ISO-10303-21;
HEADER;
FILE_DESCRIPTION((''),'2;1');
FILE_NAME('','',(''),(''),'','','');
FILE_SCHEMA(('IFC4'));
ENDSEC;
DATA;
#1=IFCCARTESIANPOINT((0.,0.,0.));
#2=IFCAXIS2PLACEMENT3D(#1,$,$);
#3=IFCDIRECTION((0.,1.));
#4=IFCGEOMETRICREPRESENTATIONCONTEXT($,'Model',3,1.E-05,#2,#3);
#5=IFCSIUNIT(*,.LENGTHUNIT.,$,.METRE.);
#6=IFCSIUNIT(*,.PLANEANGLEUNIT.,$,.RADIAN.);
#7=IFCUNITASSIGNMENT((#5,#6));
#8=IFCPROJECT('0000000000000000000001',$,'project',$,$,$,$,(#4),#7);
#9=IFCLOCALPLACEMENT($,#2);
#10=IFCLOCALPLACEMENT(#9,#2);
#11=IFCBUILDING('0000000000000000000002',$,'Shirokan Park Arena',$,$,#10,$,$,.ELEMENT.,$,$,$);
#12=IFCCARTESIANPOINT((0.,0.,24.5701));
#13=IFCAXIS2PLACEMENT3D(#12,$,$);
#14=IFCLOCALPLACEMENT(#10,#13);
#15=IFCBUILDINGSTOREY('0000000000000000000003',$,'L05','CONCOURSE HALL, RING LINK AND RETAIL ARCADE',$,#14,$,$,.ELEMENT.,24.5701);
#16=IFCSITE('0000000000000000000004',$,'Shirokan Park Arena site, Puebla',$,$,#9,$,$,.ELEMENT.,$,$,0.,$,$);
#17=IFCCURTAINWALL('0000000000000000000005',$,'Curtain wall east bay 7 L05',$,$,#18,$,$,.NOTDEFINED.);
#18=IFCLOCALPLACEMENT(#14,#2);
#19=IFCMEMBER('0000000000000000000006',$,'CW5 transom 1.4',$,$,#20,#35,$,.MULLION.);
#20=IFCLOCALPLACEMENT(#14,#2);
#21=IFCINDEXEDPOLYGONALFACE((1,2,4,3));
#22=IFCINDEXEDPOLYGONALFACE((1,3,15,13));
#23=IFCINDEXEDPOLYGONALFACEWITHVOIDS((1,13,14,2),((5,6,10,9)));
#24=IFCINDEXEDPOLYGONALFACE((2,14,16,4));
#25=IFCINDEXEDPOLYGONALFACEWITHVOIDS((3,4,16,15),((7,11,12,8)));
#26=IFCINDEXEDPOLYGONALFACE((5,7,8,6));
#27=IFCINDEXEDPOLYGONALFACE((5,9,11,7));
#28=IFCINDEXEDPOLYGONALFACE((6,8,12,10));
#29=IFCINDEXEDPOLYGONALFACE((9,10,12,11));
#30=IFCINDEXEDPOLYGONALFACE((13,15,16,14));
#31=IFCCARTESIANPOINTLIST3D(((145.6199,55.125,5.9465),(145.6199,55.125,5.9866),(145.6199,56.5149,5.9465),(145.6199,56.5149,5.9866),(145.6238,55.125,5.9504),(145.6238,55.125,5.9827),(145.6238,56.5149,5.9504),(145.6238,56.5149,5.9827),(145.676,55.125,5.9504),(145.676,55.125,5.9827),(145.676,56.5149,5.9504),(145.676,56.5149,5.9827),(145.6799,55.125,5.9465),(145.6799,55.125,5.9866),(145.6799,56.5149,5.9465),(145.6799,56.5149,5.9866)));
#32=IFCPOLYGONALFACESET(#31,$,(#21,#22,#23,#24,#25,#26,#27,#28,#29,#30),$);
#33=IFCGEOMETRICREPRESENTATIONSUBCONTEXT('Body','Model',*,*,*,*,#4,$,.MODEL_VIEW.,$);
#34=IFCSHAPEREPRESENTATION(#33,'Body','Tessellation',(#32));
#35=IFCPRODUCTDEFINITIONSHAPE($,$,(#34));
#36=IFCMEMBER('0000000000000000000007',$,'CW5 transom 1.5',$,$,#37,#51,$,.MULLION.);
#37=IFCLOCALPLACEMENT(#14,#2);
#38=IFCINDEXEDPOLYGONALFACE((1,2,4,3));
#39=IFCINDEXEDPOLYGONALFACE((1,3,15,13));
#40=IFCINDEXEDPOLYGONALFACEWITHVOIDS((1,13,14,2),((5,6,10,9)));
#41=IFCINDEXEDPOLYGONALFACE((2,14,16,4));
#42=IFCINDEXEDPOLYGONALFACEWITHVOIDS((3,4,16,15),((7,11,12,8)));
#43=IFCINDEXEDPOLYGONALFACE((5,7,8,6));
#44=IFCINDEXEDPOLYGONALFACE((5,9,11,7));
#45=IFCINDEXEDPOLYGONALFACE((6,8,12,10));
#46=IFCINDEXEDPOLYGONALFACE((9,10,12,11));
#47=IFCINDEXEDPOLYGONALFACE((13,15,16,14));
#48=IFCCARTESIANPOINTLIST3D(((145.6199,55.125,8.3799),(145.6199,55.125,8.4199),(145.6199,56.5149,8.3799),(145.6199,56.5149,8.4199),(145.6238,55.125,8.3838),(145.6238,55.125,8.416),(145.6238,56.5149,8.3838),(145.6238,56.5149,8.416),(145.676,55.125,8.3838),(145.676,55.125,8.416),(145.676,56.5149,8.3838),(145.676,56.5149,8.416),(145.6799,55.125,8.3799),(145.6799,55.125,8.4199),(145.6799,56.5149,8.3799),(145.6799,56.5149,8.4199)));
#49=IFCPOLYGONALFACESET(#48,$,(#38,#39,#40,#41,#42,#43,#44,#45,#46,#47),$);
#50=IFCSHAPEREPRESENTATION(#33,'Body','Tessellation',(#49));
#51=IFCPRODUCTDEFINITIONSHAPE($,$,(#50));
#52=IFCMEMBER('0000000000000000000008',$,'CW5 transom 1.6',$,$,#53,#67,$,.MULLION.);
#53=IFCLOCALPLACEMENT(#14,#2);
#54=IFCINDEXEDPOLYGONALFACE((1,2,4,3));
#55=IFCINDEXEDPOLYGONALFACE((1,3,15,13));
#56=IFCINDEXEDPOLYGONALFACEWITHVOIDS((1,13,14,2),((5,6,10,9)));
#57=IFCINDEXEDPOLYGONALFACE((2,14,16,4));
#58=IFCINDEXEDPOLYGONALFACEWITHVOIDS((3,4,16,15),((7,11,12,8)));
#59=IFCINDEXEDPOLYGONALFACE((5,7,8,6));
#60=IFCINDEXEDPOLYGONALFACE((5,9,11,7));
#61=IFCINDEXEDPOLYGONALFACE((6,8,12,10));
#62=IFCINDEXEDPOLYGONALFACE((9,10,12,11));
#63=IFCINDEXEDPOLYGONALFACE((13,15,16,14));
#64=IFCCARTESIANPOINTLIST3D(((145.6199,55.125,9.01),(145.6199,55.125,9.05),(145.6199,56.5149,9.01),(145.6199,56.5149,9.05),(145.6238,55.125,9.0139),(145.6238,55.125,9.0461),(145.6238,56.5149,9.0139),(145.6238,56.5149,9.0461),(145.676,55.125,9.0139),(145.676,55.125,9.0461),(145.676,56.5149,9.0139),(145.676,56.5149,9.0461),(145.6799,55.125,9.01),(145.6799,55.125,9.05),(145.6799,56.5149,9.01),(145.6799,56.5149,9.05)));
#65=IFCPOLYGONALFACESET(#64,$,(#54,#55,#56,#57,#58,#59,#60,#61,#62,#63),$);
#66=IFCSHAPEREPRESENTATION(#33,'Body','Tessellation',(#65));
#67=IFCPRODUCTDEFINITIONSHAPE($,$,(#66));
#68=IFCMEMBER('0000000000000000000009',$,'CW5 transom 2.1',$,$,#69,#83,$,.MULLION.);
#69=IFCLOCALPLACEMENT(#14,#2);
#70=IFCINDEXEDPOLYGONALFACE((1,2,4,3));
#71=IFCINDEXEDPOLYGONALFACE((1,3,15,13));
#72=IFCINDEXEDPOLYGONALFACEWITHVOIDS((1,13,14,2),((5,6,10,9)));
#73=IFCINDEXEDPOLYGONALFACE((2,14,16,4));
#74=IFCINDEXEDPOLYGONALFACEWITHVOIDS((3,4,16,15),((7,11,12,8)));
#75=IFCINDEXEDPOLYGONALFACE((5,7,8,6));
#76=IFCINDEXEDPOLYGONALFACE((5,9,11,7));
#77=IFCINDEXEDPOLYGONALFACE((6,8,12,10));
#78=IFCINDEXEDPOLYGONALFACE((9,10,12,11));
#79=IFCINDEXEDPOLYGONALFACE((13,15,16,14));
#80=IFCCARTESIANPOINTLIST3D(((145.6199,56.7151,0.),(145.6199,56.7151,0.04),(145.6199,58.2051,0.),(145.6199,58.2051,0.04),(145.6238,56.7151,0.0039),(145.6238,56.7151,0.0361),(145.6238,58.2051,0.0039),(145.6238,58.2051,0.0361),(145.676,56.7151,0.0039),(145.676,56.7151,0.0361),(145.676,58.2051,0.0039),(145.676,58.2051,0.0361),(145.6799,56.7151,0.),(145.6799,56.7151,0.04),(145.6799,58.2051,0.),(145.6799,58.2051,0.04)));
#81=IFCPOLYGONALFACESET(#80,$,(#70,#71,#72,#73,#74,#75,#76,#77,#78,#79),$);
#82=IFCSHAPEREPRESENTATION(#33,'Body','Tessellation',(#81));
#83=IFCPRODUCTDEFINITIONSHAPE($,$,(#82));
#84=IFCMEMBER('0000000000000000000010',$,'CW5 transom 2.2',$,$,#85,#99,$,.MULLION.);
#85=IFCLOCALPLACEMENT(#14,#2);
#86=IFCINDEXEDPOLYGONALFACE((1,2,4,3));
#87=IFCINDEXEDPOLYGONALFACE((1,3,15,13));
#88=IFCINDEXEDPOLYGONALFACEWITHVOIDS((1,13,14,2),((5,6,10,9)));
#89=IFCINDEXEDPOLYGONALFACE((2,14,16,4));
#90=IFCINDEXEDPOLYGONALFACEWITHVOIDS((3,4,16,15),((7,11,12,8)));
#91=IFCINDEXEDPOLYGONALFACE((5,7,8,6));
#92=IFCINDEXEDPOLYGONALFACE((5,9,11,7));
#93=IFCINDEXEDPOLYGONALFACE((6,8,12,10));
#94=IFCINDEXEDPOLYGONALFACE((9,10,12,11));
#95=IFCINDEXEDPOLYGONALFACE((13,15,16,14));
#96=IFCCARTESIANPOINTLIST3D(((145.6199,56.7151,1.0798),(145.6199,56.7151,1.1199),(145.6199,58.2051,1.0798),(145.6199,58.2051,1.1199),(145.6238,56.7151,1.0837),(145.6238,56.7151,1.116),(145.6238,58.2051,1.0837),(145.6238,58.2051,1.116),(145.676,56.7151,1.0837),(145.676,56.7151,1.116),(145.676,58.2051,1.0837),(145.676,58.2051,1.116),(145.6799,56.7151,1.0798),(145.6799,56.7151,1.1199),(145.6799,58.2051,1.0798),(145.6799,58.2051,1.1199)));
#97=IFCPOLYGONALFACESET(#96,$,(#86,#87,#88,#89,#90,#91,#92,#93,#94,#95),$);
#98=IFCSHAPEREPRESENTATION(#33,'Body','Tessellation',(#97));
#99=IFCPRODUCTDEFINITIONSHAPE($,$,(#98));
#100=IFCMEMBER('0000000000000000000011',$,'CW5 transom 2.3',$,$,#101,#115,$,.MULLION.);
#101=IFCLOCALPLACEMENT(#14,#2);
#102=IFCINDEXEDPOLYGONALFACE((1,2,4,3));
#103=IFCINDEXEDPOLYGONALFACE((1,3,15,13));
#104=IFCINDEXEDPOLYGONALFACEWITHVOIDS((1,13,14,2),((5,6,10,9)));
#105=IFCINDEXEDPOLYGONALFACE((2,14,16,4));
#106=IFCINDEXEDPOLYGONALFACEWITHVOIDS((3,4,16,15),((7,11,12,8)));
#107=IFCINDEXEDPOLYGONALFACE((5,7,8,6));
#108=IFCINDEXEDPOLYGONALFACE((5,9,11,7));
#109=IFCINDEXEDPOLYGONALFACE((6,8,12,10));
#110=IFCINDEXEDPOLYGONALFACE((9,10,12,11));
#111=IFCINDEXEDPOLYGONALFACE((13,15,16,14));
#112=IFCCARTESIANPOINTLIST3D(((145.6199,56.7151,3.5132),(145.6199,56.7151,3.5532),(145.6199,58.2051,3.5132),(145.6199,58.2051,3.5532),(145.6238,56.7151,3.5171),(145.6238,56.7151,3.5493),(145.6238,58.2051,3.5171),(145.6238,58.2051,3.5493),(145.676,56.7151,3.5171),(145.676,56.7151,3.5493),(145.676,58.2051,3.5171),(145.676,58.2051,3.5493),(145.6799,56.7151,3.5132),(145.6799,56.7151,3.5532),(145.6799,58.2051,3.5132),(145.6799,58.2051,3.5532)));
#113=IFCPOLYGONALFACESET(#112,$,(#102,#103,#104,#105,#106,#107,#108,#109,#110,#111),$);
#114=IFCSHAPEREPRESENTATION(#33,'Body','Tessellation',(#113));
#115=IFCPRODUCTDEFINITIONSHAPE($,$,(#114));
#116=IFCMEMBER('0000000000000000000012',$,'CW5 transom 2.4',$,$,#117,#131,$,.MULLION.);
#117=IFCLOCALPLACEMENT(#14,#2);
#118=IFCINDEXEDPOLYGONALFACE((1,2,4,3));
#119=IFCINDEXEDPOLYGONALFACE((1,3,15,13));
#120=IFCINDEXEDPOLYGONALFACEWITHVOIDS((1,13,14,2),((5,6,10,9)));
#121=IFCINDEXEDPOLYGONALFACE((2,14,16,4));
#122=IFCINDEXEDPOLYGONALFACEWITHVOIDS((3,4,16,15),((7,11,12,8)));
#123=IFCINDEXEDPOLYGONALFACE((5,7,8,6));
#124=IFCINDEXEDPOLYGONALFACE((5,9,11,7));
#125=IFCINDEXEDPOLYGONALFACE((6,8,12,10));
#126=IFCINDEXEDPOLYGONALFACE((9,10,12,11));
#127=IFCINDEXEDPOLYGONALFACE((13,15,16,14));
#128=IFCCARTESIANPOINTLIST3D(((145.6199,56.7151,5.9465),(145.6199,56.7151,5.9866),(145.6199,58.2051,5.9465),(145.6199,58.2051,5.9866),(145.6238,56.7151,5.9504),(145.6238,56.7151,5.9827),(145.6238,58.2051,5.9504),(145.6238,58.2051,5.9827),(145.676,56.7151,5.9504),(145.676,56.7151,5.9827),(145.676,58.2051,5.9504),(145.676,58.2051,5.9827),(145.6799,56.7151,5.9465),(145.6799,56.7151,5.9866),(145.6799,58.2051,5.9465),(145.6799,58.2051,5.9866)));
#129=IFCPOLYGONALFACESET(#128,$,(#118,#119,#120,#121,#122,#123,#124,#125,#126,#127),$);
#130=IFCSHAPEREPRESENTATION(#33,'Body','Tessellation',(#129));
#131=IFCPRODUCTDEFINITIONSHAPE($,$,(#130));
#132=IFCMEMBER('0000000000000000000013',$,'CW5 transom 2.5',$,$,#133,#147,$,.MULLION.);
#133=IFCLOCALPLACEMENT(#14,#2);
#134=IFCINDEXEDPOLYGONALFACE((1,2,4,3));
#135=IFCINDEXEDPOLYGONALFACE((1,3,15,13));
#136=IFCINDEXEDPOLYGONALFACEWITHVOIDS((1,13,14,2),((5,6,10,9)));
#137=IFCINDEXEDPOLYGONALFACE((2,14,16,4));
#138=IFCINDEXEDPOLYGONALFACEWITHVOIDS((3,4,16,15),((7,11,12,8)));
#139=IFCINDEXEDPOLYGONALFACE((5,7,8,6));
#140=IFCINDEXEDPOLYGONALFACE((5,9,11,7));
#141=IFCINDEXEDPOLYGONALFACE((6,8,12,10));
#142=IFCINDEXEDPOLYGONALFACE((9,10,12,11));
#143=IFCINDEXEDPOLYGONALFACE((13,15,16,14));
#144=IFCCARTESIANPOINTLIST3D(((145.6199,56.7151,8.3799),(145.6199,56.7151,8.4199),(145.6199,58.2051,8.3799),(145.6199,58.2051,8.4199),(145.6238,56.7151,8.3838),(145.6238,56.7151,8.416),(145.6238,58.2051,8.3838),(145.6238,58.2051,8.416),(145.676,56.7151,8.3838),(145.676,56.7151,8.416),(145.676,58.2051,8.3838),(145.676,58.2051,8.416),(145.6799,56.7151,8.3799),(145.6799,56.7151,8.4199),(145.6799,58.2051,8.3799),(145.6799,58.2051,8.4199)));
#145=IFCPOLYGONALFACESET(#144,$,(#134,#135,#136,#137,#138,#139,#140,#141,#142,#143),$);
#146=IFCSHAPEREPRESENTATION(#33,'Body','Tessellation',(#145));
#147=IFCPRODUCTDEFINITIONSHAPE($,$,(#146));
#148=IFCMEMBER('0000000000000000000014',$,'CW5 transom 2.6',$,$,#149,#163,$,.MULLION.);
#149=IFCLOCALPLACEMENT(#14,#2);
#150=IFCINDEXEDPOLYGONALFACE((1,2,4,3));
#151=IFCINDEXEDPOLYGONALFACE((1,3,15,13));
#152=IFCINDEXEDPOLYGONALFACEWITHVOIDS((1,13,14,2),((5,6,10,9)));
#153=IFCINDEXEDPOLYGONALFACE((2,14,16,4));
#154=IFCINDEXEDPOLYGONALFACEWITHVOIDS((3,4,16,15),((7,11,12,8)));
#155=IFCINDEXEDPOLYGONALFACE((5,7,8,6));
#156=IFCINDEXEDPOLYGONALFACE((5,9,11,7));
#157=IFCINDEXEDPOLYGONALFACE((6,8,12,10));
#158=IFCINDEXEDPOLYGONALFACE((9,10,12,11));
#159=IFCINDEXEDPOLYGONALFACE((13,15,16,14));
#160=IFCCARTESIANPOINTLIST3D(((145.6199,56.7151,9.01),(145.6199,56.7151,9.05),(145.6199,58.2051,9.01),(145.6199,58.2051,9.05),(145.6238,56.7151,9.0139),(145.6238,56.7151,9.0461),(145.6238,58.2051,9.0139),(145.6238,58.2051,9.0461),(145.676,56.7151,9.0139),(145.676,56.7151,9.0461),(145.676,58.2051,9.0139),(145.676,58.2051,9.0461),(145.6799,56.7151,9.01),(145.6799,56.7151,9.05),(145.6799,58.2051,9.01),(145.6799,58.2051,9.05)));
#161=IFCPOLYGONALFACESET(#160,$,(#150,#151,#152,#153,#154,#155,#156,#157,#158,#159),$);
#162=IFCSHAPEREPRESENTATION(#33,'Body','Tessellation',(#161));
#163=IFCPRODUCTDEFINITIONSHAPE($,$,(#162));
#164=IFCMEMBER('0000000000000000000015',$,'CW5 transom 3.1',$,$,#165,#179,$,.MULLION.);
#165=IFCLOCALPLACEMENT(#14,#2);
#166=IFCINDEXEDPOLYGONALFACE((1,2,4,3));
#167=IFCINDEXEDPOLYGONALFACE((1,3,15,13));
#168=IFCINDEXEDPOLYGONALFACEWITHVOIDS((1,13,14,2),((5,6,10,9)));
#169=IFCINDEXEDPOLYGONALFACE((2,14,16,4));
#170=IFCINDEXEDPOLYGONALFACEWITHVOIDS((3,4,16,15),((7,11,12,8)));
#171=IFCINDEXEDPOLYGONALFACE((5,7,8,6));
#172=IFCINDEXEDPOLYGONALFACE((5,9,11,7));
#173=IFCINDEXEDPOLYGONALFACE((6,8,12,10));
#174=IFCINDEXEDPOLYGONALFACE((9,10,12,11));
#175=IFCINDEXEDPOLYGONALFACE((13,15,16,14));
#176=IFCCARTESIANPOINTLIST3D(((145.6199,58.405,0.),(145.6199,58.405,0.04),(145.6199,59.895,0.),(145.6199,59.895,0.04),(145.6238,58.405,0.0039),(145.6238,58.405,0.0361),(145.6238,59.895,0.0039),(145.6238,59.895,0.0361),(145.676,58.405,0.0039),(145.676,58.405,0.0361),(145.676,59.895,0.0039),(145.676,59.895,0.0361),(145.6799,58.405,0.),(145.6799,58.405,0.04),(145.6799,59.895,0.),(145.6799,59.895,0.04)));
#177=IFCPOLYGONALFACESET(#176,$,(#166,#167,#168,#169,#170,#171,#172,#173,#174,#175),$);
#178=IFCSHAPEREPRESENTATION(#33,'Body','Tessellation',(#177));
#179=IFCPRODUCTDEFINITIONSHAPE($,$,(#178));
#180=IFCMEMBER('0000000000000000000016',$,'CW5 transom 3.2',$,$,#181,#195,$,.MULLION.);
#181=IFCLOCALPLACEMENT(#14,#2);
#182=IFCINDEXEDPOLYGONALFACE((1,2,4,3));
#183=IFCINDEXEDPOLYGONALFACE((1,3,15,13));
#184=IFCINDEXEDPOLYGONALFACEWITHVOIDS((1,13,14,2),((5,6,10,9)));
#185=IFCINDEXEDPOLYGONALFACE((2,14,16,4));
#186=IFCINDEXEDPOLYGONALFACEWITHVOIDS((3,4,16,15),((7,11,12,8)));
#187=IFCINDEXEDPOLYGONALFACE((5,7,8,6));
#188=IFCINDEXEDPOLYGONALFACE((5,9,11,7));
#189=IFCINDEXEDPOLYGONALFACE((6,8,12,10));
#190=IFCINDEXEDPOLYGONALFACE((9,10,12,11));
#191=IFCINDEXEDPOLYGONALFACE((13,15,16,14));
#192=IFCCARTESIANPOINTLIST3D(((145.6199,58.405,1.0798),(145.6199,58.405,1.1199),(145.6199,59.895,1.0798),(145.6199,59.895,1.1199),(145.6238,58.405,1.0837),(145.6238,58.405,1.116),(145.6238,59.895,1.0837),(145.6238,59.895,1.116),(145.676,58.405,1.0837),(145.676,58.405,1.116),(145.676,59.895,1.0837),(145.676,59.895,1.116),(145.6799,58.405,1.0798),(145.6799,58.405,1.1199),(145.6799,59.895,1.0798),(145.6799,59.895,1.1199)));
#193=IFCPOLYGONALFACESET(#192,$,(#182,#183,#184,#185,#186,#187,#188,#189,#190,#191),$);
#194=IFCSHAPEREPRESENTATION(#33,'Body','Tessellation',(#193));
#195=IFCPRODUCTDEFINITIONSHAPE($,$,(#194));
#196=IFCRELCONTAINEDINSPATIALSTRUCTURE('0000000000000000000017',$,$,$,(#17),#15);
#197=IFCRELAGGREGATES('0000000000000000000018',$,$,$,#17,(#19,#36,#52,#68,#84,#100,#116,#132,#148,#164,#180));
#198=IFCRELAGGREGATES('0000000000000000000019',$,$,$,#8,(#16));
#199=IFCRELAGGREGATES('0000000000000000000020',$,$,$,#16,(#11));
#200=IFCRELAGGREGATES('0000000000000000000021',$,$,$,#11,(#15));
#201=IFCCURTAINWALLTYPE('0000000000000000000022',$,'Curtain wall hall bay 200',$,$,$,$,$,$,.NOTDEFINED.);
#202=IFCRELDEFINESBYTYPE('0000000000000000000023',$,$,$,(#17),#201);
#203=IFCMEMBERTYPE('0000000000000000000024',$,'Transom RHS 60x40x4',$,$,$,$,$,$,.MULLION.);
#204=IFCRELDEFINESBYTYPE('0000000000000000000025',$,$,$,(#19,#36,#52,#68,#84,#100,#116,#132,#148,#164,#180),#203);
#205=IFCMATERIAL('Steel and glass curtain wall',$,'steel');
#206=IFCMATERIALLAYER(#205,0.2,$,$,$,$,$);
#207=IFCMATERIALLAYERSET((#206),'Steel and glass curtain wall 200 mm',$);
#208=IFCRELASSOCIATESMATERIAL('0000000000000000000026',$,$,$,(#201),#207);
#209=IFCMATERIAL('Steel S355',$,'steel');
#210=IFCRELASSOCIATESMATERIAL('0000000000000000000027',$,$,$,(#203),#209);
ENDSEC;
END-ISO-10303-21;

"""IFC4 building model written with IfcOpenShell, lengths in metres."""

from ifc_helpers import new_model, si_unit, direction, frame, origin, origin_2d, place, context, subcontext, project, spatial, hollow_rectangle, extrude, material, layer, layer_set, material_profile, profile_set, type_object, element, aggregate, save


model = new_model("IFC4")

# Units and contexts
model_context = context("Model", 3, precision=1e-05, world=origin(), true_north=direction((0.0, 1.0)))
body_context = subcontext(model_context, "Body", "Model", "MODEL_VIEW")
ifc_project = project(units=[si_unit("LENGTHUNIT", "METRE"), si_unit("PLANEANGLEUNIT", "RADIAN")], contexts=[model_context])

# Site, building, storey
site_placement = place(None, origin())
site = spatial("IfcSite", under=ifc_project, at=site_placement, Name="Shirokan Park Arena site, Puebla", CompositionType="ELEMENT", RefElevation=0.0)
building_placement = place(site_placement, origin())
building = spatial("IfcBuilding", under=site, at=building_placement, Name="Shirokan Park Arena", CompositionType="ELEMENT")
storey_placement = place(building_placement, frame((0.0, 0.0, 24.5701)))
storey = spatial("IfcBuildingStorey", under=building, at=storey_placement, Name="L05", Description="CONCOURSE HALL, RING LINK AND RETAIL ARCADE", CompositionType="ELEMENT", Elevation=24.5701)

# Shared definitions
ifc_material_1 = material(Name="Steel and glass curtain wall", Category="steel")
ifc_layer_1 = layer(ifc_material_1, 0.2)
ifc_layer_set_1 = layer_set([ifc_layer_1], Name="Steel and glass curtain wall 200 mm")
curtain_wall_type = type_object("IfcCurtainWallType", Name="Curtain wall hall bay 200", PredefinedType="NOTDEFINED", material=ifc_layer_set_1)
ifc_material_2 = material(Name="Steel S355", Category="steel")

# Curtain wall
curtain_wall_1_placement = place(storey_placement, origin())
curtain_wall_1 = element("IfcCurtainWall", 1, at=curtain_wall_1_placement, inside=storey, type_object=curtain_wall_type, Name="Curtain wall east bay 7 L05", PredefinedType="NOTDEFINED")

# Members
ifc_material_profile_1 = material_profile(ifc_material_2, hollow_rectangle(XDim=0.0601, YDim=0.04, WallThickness=0.0039, at=origin_2d()), Name="RHS 60x40x4")
ifc_profile_set_1 = profile_set([ifc_material_profile_1], Name="Steel S355")
member_type_1 = type_object("IfcMemberType", Name="Transom RHS 60x40x4", PredefinedType="MULLION", material=ifc_profile_set_1)
member_1_placement = place(storey_placement, frame((145.6499, 55.125, 5.9666), z_axis=(0.0, 1.0, 0.0), x_axis=(-1.0, 0.0, 0.0)))
member_1 = element("IfcMember", 2, at=member_1_placement, type_object=member_type_1, Name="CW5 transom 1.4", PredefinedType="MULLION", context=body_context, shape_type="SweptSolid", body=[
    extrude(hollow_rectangle(XDim=0.0601, YDim=0.04, WallThickness=0.0039, at=origin_2d()), origin(), (0.0, 0.0, 1.0), 1.3899),
])
member_2_placement = place(storey_placement, frame((145.6499, 55.125, 8.3999), z_axis=(0.0, 1.0, 0.0), x_axis=(-1.0, 0.0, 0.0)))
member_2 = element("IfcMember", 3, at=member_2_placement, type_object=member_type_1, Name="CW5 transom 1.5", PredefinedType="MULLION", context=body_context, shape_type="SweptSolid", body=[
    extrude(hollow_rectangle(XDim=0.0601, YDim=0.04, WallThickness=0.0039, at=origin_2d()), origin(), (0.0, 0.0, 1.0), 1.3899),
])
member_3_placement = place(storey_placement, frame((145.6499, 55.125, 9.03), z_axis=(0.0, 1.0, 0.0), x_axis=(-1.0, 0.0, 0.0)))
member_3 = element("IfcMember", 4, at=member_3_placement, type_object=member_type_1, Name="CW5 transom 1.6", PredefinedType="MULLION", context=body_context, shape_type="SweptSolid", body=[
    extrude(hollow_rectangle(XDim=0.0601, YDim=0.04, WallThickness=0.0039, at=origin_2d()), origin(), (0.0, 0.0, 1.0), 1.3899),
])
member_4_placement = place(storey_placement, frame((145.6499, 56.7151, 0.02), z_axis=(0.0, 1.0, 0.0), x_axis=(-1.0, 0.0, 0.0)))
member_4 = element("IfcMember", 5, at=member_4_placement, type_object=member_type_1, Name="CW5 transom 2.1", PredefinedType="MULLION", context=body_context, shape_type="SweptSolid", body=[
    extrude(hollow_rectangle(XDim=0.0601, YDim=0.04, WallThickness=0.0039, at=origin_2d()), origin(), (0.0, 0.0, 1.0), 1.49),
])
member_5_placement = place(storey_placement, frame((145.6499, 56.7151, 1.0999), z_axis=(0.0, 1.0, 0.0), x_axis=(-1.0, 0.0, 0.0)))
member_5 = element("IfcMember", 6, at=member_5_placement, type_object=member_type_1, Name="CW5 transom 2.2", PredefinedType="MULLION", context=body_context, shape_type="SweptSolid", body=[
    extrude(hollow_rectangle(XDim=0.0601, YDim=0.04, WallThickness=0.0039, at=origin_2d()), origin(), (0.0, 0.0, 1.0), 1.49),
])
member_6_placement = place(storey_placement, frame((145.6499, 56.7151, 3.5332), z_axis=(0.0, 1.0, 0.0), x_axis=(-1.0, 0.0, 0.0)))
member_6 = element("IfcMember", 7, at=member_6_placement, type_object=member_type_1, Name="CW5 transom 2.3", PredefinedType="MULLION", context=body_context, shape_type="SweptSolid", body=[
    extrude(hollow_rectangle(XDim=0.0601, YDim=0.04, WallThickness=0.0039, at=origin_2d()), origin(), (0.0, 0.0, 1.0), 1.49),
])
member_7_placement = place(storey_placement, frame((145.6499, 56.7151, 5.9666), z_axis=(0.0, 1.0, 0.0), x_axis=(-1.0, 0.0, 0.0)))
member_7 = element("IfcMember", 8, at=member_7_placement, type_object=member_type_1, Name="CW5 transom 2.4", PredefinedType="MULLION", context=body_context, shape_type="SweptSolid", body=[
    extrude(hollow_rectangle(XDim=0.0601, YDim=0.04, WallThickness=0.0039, at=origin_2d()), origin(), (0.0, 0.0, 1.0), 1.49),
])
member_8_placement = place(storey_placement, frame((145.6499, 56.7151, 8.3999), z_axis=(0.0, 1.0, 0.0), x_axis=(-1.0, 0.0, 0.0)))
member_8 = element("IfcMember", 9, at=member_8_placement, type_object=member_type_1, Name="CW5 transom 2.5", PredefinedType="MULLION", context=body_context, shape_type="SweptSolid", body=[
    extrude(hollow_rectangle(XDim=0.0601, YDim=0.04, WallThickness=0.0039, at=origin_2d()), origin(), (0.0, 0.0, 1.0), 1.49),
])
member_9_placement = place(storey_placement, frame((145.6499, 56.7151, 9.03), z_axis=(0.0, 1.0, 0.0), x_axis=(-1.0, 0.0, 0.0)))
member_9 = element("IfcMember", 10, at=member_9_placement, type_object=member_type_1, Name="CW5 transom 2.6", PredefinedType="MULLION", context=body_context, shape_type="SweptSolid", body=[
    extrude(hollow_rectangle(XDim=0.0601, YDim=0.04, WallThickness=0.0039, at=origin_2d()), origin(), (0.0, 0.0, 1.0), 1.49),
])
member_10_placement = place(storey_placement, frame((145.6499, 58.405, 0.02), z_axis=(0.0, 1.0, 0.0), x_axis=(-1.0, 0.0, 0.0)))
member_10 = element("IfcMember", 11, at=member_10_placement, type_object=member_type_1, Name="CW5 transom 3.1", PredefinedType="MULLION", context=body_context, shape_type="SweptSolid", body=[
    extrude(hollow_rectangle(XDim=0.0601, YDim=0.04, WallThickness=0.0039, at=origin_2d()), origin(), (0.0, 0.0, 1.0), 1.49),
])
member_11_placement = place(storey_placement, frame((145.6499, 58.405, 1.0999), z_axis=(0.0, 1.0, 0.0), x_axis=(-1.0, 0.0, 0.0)))
member_11 = element("IfcMember", 12, at=member_11_placement, type_object=member_type_1, Name="CW5 transom 3.2", PredefinedType="MULLION", context=body_context, shape_type="SweptSolid", body=[
    extrude(hollow_rectangle(XDim=0.0601, YDim=0.04, WallThickness=0.0039, at=origin_2d()), origin(), (0.0, 0.0, 1.0), 1.49),
])

aggregate(curtain_wall_1, [member_1, member_2, member_3, member_4, member_5, member_6, member_7, member_8, member_9, member_10, member_11])

save(model, "model.ifc")
